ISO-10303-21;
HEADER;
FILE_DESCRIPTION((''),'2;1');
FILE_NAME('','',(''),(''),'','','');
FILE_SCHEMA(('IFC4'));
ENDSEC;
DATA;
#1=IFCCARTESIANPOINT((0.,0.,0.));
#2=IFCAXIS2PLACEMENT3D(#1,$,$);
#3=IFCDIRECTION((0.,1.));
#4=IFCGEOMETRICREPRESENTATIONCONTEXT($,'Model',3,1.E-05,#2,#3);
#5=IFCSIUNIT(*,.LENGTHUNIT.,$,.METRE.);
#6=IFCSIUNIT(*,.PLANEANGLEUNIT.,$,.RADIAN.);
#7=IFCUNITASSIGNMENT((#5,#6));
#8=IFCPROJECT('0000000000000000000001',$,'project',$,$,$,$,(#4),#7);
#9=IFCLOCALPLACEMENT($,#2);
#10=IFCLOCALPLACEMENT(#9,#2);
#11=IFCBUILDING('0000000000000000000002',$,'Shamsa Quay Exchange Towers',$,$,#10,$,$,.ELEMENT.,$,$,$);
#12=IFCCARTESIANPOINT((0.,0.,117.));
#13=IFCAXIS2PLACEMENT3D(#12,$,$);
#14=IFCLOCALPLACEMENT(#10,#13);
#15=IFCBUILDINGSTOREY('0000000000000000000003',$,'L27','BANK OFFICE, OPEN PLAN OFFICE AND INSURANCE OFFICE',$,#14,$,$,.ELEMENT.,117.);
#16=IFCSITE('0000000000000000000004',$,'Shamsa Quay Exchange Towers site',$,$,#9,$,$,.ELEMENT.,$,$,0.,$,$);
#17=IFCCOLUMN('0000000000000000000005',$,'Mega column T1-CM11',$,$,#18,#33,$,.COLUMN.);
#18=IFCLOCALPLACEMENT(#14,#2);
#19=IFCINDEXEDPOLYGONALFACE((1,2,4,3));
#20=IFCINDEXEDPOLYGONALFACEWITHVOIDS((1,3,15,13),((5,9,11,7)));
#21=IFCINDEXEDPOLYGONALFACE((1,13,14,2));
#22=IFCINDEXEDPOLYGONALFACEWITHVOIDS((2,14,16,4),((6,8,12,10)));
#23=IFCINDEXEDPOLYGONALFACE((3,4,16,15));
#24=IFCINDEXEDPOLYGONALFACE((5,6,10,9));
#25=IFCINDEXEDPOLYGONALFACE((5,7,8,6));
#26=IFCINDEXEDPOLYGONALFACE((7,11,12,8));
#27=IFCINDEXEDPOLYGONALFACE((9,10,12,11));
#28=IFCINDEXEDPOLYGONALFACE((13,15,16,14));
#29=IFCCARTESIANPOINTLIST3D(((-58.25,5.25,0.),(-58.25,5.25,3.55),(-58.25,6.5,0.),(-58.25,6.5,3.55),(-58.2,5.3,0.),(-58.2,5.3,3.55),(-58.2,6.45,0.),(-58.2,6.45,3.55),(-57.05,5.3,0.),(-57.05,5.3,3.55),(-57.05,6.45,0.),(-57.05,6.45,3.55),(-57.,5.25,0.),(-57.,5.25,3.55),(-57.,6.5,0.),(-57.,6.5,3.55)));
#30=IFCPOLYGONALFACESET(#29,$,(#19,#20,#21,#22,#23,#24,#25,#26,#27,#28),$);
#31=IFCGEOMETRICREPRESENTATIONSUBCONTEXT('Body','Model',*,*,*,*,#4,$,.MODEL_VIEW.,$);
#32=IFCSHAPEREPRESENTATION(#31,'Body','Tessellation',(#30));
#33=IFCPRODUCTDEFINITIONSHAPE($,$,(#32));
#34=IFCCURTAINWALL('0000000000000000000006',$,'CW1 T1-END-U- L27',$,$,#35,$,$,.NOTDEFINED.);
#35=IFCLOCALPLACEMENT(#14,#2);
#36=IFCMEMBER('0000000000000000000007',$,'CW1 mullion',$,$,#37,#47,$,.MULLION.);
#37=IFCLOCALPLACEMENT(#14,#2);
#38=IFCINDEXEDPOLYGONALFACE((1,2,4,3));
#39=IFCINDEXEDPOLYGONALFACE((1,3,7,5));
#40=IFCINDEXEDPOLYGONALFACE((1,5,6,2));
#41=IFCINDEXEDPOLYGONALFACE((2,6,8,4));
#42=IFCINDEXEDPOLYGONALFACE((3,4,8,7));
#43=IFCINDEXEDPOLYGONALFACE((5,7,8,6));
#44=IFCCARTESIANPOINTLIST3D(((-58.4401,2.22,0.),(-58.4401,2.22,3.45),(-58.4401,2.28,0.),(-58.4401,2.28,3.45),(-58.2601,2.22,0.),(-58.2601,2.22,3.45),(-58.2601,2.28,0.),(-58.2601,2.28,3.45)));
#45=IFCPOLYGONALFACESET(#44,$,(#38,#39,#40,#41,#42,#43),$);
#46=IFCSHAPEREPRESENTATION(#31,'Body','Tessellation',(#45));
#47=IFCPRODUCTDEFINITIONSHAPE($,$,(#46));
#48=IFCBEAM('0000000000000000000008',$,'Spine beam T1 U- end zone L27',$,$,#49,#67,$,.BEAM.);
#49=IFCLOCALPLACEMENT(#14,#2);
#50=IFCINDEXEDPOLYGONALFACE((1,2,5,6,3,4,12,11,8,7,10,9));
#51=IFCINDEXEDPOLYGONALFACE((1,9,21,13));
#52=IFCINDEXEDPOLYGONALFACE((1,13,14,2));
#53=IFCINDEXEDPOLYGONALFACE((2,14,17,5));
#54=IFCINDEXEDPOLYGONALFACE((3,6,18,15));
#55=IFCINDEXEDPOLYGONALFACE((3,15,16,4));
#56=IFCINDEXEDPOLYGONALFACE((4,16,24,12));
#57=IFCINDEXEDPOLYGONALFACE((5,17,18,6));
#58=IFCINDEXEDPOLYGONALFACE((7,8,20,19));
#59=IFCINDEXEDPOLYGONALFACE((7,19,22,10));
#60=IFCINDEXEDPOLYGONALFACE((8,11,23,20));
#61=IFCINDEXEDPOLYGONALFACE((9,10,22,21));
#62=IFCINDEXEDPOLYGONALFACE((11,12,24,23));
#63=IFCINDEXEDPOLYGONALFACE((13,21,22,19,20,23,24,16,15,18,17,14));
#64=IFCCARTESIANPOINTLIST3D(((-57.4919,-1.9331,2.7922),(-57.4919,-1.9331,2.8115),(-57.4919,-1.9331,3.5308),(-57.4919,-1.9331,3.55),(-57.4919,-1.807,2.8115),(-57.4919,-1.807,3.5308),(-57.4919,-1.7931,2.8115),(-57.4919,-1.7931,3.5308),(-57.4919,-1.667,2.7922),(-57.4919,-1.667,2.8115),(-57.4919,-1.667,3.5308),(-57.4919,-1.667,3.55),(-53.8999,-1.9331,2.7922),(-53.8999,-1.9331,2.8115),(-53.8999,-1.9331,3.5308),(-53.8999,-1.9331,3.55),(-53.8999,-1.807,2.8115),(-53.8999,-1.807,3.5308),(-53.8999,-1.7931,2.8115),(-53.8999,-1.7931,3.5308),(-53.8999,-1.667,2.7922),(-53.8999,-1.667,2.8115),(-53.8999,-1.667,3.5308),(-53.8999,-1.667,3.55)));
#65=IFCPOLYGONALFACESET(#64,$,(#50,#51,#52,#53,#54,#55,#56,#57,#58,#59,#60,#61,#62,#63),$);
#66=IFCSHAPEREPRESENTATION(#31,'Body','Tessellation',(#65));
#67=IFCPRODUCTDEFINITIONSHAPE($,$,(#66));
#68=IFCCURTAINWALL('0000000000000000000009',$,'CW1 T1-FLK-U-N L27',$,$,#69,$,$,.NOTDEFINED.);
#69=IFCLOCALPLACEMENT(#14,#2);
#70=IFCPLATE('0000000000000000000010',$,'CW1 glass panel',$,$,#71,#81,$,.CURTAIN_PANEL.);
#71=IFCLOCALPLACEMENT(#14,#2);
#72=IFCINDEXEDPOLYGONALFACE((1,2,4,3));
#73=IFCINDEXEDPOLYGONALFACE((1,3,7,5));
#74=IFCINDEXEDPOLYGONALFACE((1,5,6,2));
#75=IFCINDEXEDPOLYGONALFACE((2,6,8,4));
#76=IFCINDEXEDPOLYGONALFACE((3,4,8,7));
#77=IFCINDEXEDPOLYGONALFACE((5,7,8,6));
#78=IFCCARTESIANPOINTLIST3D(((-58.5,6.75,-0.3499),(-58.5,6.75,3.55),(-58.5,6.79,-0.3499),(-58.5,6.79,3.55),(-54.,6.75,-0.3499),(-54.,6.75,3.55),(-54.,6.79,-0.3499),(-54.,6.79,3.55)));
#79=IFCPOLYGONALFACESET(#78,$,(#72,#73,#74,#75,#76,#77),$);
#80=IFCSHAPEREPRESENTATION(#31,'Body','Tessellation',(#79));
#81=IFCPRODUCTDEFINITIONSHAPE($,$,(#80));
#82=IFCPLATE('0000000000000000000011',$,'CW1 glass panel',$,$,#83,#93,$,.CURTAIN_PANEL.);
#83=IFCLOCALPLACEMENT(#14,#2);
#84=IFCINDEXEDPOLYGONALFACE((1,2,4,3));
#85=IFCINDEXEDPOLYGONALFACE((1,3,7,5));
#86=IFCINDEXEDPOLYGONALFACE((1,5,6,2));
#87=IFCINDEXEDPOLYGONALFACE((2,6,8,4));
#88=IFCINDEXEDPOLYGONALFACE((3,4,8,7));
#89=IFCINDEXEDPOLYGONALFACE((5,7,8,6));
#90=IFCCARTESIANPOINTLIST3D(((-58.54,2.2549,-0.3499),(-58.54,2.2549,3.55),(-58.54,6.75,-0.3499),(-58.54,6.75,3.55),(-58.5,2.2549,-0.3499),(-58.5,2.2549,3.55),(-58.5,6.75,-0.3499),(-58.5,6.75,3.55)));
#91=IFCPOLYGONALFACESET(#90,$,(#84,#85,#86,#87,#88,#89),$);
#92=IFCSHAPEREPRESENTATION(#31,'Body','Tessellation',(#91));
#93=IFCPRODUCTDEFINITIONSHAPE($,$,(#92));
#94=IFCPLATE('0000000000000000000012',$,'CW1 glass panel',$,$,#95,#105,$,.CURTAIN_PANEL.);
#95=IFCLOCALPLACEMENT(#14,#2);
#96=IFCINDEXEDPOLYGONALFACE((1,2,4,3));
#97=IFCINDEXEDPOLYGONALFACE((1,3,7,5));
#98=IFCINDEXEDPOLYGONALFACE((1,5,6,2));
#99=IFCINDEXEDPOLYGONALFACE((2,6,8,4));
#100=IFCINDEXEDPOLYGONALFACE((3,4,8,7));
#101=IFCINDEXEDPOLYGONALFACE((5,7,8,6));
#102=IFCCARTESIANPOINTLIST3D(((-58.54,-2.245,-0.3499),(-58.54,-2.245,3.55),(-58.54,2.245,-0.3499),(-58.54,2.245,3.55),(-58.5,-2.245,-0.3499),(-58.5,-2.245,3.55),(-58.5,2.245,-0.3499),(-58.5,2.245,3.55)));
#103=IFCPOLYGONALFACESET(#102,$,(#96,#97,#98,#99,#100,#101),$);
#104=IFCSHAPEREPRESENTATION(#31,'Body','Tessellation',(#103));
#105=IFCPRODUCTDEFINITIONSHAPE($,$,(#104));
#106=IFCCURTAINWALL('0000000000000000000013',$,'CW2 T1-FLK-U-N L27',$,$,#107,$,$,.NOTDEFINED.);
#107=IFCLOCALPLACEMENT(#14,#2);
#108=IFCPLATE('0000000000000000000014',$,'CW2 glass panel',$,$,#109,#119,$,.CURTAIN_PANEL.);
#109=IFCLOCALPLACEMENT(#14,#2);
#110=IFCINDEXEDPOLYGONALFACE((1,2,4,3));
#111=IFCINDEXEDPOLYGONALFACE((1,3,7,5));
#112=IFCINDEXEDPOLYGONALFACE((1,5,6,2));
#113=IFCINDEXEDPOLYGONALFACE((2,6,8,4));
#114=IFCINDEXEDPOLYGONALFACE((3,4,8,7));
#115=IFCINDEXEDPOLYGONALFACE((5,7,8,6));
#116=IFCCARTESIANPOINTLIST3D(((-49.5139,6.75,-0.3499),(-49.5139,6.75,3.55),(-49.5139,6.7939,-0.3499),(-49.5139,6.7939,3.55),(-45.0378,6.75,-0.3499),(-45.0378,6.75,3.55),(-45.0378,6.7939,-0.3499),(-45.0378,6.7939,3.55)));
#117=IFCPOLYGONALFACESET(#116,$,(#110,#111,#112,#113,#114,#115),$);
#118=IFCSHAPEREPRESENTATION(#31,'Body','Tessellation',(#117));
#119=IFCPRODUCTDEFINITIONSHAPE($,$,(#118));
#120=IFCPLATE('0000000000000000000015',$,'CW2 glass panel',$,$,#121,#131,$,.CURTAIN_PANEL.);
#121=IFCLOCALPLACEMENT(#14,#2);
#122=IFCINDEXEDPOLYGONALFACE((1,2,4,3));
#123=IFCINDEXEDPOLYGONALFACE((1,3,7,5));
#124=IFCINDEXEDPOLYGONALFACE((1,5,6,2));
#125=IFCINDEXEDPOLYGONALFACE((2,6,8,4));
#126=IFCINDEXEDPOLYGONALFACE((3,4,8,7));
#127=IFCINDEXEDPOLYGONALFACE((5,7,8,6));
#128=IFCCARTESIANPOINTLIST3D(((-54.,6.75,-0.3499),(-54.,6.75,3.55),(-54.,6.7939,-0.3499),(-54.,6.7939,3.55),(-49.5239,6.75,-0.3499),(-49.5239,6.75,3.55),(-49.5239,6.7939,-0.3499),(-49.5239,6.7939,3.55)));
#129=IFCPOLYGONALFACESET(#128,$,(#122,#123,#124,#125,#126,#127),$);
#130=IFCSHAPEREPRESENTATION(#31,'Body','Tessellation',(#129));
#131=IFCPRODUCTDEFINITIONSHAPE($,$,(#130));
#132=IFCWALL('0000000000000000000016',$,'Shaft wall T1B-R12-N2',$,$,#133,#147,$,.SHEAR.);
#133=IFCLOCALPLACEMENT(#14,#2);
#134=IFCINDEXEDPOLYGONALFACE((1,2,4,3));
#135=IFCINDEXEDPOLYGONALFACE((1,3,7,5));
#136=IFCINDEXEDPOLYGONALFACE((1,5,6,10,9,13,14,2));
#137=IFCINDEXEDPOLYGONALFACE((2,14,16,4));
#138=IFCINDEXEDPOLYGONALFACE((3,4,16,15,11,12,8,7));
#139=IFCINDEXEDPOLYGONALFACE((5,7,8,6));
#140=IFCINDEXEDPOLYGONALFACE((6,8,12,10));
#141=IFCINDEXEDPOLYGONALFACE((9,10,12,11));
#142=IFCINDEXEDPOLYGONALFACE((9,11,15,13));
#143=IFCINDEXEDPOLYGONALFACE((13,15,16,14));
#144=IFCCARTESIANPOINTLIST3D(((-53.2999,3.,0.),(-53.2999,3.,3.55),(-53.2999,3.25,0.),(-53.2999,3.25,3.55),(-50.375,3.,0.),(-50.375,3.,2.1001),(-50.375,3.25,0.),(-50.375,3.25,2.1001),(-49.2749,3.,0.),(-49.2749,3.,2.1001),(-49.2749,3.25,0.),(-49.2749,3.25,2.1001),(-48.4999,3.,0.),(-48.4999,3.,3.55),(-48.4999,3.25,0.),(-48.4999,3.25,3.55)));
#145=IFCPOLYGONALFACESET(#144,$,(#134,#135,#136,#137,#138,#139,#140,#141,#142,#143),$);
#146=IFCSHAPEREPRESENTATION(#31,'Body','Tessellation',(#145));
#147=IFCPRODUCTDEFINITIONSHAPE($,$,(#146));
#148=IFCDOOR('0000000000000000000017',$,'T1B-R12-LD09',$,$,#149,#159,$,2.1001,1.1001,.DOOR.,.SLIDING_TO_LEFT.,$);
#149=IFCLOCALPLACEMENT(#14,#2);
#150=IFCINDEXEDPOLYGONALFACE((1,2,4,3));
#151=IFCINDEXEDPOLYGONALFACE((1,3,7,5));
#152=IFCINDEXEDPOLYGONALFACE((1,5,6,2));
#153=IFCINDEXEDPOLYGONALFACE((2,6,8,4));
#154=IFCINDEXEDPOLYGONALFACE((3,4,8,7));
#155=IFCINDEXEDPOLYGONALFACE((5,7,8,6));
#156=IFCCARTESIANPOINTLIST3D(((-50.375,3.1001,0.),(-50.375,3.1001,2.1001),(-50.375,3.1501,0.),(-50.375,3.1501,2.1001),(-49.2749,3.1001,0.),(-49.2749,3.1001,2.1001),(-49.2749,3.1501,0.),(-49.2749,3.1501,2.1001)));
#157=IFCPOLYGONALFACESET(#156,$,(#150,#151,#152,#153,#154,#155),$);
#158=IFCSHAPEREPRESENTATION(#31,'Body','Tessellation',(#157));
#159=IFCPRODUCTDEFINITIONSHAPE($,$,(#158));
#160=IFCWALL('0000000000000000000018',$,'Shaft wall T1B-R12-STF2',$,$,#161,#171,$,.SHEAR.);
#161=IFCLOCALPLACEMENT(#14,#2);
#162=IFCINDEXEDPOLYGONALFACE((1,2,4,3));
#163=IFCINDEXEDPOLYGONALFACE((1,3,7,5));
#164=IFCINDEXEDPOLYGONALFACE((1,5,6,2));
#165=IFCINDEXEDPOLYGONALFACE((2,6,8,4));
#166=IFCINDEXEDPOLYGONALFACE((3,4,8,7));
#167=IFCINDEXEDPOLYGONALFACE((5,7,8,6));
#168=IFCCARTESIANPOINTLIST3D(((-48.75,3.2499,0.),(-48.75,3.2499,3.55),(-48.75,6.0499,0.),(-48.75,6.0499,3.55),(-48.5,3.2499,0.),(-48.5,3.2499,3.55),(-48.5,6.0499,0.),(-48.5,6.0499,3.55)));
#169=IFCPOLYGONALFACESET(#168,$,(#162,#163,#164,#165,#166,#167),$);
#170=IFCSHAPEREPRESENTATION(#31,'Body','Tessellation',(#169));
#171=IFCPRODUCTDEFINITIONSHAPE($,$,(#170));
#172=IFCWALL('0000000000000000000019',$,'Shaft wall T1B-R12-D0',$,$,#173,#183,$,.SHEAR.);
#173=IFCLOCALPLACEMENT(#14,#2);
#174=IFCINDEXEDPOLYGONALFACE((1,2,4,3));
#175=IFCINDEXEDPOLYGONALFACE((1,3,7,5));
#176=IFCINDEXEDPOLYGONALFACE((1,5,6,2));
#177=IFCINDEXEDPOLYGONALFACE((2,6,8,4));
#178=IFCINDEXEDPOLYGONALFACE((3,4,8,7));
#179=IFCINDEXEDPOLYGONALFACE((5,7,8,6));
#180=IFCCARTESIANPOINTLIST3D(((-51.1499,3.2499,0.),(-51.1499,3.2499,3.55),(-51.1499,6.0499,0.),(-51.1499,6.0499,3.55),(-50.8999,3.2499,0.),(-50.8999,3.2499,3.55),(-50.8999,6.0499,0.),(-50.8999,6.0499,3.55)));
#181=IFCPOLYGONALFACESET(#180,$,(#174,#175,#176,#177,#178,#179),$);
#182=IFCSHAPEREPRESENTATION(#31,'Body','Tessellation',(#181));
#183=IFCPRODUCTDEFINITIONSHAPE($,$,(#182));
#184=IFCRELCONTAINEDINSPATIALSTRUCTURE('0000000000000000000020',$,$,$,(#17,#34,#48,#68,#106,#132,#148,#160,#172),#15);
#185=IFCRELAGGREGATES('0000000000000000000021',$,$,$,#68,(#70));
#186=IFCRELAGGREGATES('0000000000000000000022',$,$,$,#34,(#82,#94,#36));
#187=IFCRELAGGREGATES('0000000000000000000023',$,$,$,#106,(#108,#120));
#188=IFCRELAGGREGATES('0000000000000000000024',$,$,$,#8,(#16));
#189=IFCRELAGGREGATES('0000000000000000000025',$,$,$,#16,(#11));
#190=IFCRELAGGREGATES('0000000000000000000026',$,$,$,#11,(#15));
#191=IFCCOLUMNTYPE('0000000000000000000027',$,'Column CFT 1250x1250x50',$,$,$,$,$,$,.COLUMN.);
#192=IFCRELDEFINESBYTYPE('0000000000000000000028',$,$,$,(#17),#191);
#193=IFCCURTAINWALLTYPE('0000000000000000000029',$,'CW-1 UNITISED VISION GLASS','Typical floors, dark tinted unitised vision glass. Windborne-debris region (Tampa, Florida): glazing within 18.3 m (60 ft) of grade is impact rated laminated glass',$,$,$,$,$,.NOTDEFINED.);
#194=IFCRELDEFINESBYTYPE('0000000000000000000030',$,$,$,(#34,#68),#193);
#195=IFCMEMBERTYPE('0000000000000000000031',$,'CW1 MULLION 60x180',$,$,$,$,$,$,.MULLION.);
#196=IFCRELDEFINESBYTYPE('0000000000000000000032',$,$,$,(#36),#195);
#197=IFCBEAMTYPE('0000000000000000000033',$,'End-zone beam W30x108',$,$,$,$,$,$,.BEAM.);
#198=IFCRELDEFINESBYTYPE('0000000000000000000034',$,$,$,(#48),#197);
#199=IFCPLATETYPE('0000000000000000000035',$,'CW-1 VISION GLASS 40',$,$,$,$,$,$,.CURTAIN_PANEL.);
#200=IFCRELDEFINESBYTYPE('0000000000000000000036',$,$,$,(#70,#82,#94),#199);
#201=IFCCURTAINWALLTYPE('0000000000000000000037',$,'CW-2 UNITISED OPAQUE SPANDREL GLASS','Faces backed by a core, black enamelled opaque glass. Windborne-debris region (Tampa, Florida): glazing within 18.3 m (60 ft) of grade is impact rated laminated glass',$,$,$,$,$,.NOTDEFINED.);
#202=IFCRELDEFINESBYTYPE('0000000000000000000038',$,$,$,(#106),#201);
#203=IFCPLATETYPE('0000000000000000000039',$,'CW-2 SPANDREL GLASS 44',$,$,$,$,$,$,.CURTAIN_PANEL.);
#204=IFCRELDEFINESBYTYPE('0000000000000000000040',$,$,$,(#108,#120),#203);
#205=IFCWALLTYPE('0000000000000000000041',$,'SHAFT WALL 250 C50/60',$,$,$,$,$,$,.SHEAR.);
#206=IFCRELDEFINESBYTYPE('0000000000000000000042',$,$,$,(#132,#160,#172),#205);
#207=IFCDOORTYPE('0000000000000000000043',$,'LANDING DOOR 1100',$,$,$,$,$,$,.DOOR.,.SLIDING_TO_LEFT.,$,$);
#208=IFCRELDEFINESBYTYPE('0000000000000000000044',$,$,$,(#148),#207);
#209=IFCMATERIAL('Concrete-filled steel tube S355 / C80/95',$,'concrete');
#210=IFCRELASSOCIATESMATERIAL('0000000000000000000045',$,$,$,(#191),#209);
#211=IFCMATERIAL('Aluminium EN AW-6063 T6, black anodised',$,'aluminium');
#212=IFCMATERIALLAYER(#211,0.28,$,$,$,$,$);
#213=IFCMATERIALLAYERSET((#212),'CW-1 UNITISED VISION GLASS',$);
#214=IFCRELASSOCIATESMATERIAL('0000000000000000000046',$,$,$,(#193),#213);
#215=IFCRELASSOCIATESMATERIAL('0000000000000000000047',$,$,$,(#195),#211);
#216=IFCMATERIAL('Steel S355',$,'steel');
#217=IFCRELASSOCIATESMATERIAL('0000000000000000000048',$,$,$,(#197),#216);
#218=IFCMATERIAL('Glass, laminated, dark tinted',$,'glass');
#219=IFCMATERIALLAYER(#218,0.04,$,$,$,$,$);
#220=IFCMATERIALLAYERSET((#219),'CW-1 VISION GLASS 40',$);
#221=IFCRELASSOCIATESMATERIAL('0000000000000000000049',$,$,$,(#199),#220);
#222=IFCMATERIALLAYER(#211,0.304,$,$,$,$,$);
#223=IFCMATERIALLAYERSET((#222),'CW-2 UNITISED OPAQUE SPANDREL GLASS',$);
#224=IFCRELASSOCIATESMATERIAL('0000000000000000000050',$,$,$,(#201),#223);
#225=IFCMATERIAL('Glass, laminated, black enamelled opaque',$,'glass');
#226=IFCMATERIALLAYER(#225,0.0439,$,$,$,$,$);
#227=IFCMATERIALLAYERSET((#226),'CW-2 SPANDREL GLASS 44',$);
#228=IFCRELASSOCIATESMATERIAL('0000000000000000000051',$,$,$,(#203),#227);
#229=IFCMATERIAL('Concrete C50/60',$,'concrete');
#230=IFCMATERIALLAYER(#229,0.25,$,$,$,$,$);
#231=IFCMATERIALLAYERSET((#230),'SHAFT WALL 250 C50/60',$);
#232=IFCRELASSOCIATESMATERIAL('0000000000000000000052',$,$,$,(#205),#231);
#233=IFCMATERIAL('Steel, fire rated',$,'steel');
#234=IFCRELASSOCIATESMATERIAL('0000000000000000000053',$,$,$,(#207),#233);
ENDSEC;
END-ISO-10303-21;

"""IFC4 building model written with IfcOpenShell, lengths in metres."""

from ifc_helpers import new_model, si_unit, direction, frame, frame_2d, origin, origin_2d, place, context, subcontext, project, spatial, rectangle, hollow_rectangle, i_section, extrude, material, layer, layer_set, material_profile, profile_set, type_object, element, fill, aggregate, save


model = new_model("IFC4")

# Units and contexts
model_context = context("Model", 3, precision=1e-05, world=origin(), true_north=direction((0.0, 1.0)))
body_context = subcontext(model_context, "Body", "Model", "MODEL_VIEW")
ifc_project = project(units=[si_unit("LENGTHUNIT", "METRE"), si_unit("PLANEANGLEUNIT", "RADIAN")], contexts=[model_context])

# Site, building, storey
site_placement = place(None, origin())
site = spatial("IfcSite", under=ifc_project, at=site_placement, Name="Shamsa Quay Exchange Towers site", CompositionType="ELEMENT", RefElevation=0.0)
building_placement = place(site_placement, origin())
building = spatial("IfcBuilding", under=site, at=building_placement, Name="Shamsa Quay Exchange Towers", CompositionType="ELEMENT")
storey_placement = place(building_placement, frame((0.0, 0.0, 117.0)))
storey = spatial("IfcBuildingStorey", under=building, at=storey_placement, Name="L27", Description="BANK OFFICE, OPEN PLAN OFFICE AND INSURANCE OFFICE", CompositionType="ELEMENT", Elevation=117.0)

# Column
ifc_material_1 = material(Name="Concrete-filled steel tube S355 / C80/95", Category="concrete")
ifc_material_profile_1 = material_profile(ifc_material_1, hollow_rectangle(XDim=1.25, YDim=1.25, WallThickness=0.05, at=origin_2d()), Name="CFT 1250x1250x50")
ifc_profile_set_1 = profile_set([ifc_material_profile_1], Name="Concrete-filled steel tube S355 / C80/95")
column_type = type_object("IfcColumnType", Name="Column CFT 1250x1250x50", PredefinedType="COLUMN", material=ifc_profile_set_1)
column_placement = place(storey_placement, frame((-57.625, 5.875, 0.0)))
element("IfcColumn", 1, at=column_placement, inside=storey, type_object=column_type, Name="Mega column T1-CM11", PredefinedType="COLUMN", context=body_context, shape_type="SweptSolid", body=[
    extrude(hollow_rectangle(XDim=1.25, YDim=1.25, WallThickness=0.05, at=origin_2d()), origin(), (0.0, 0.0, 1.0), 3.55),
])

# Curtain wall, member
ifc_material_2 = material(Name="Aluminium EN AW-6063 T6, black anodised", Category="aluminium")
ifc_layer_1 = layer(ifc_material_2, 0.28)
ifc_layer_set_1 = layer_set([ifc_layer_1], Name="CW-1 UNITISED VISION GLASS")
curtain_wall_type_1 = type_object("IfcCurtainWallType", Name="CW-1 UNITISED VISION GLASS", Description="Typical floors, dark tinted unitised vision glass. Windborne-debris region (Tampa, Florida): glazing within 18.3 m (60 ft) of grade is impact rated laminated glass", PredefinedType="NOTDEFINED", material=ifc_layer_set_1)
curtain_wall_1_placement = place(storey_placement, origin())
curtain_wall_1 = element("IfcCurtainWall", 2, at=curtain_wall_1_placement, inside=storey, type_object=curtain_wall_type_1, Name="CW1 T1-END-U- L27", PredefinedType="NOTDEFINED")
ifc_material_profile_2 = material_profile(ifc_material_2, rectangle(XDim=0.1799, YDim=0.0601, at=origin_2d()), Name="MU60x180")
ifc_profile_set_2 = profile_set([ifc_material_profile_2], Name="Aluminium EN AW-6063 T6, black anodised")
member_type = type_object("IfcMemberType", Name="CW1 MULLION 60x180", PredefinedType="MULLION", material=ifc_profile_set_2)
member_placement = place(storey_placement, frame((-58.3501, 2.25, 0.0)))
member = element("IfcMember", 3, at=member_placement, type_object=member_type, Name="CW1 mullion", PredefinedType="MULLION", context=body_context, shape_type="SweptSolid", body=[
    extrude(rectangle(XDim=0.1799, YDim=0.0601, at=origin_2d()), origin(), (0.0, 0.0, 1.0), 3.45),
])

# Beam
ifc_material_3 = material(Name="Steel S355", Category="steel")
ifc_material_profile_3 = material_profile(ifc_material_3, i_section(OverallWidth=0.2661, OverallDepth=0.7578, WebThickness=0.0139, FlangeThickness=0.0193, at=origin_2d()), Name="W30x108")
ifc_profile_set_3 = profile_set([ifc_material_profile_3], Name="Steel S355")
beam_type = type_object("IfcBeamType", Name="End-zone beam W30x108", PredefinedType="BEAM", material=ifc_profile_set_3)
beam_placement = place(storey_placement, frame((-53.8999, -1.8, 3.1711), z_axis=(-1.0, 0.0, 0.0), x_axis=(0.0, -1.0, 0.0)))
element("IfcBeam", 4, at=beam_placement, inside=storey, type_object=beam_type, Name="Spine beam T1 U- end zone L27", PredefinedType="BEAM", context=body_context, shape_type="SweptSolid", body=[
    extrude(i_section(OverallWidth=0.2661, OverallDepth=0.7578, WebThickness=0.0139, FlangeThickness=0.0193, at=origin_2d()), origin(), (0.0, 0.0, 1.0), 3.592),
])

# Curtain wall, plate
curtain_wall_2_placement = place(storey_placement, origin())
curtain_wall_2 = element("IfcCurtainWall", 5, at=curtain_wall_2_placement, inside=storey, type_object=curtain_wall_type_1, Name="CW1 T1-FLK-U-N L27", PredefinedType="NOTDEFINED")
ifc_material_4 = material(Name="Glass, laminated, dark tinted", Category="glass")
ifc_layer_2 = layer(ifc_material_4, 0.04)
ifc_layer_set_2 = layer_set([ifc_layer_2], Name="CW-1 VISION GLASS 40")
plate_type_1 = type_object("IfcPlateType", Name="CW-1 VISION GLASS 40", PredefinedType="CURTAIN_PANEL", material=ifc_layer_set_2)
plate_1_placement = place(storey_placement, frame((-56.25, 6.77, -0.3499), z_axis=(0.0, 0.0, 1.0), x_axis=(-1.0, 0.0, 0.0)))
plate_1 = element("IfcPlate", 6, at=plate_1_placement, type_object=plate_type_1, Name="CW1 glass panel", PredefinedType="CURTAIN_PANEL", context=body_context, shape_type="SweptSolid", body=[
    extrude(rectangle(XDim=4.5, YDim=0.04, at=origin_2d()), origin(), (0.0, 0.0, 1.0), 3.8999),
])
aggregate(curtain_wall_2, [plate_1])

# Plates
plate_2_placement = place(storey_placement, frame((-58.52, 4.5024, -0.3499), z_axis=(0.0, 0.0, 1.0), x_axis=(0.0, -1.0, 0.0)))
plate_2 = element("IfcPlate", 7, at=plate_2_placement, type_object=plate_type_1, Name="CW1 glass panel", PredefinedType="CURTAIN_PANEL", context=body_context, shape_type="SweptSolid", body=[
    extrude(rectangle(XDim=4.4951, YDim=0.04, at=origin_2d()), origin(), (0.0, 0.0, 1.0), 3.8999),
])
plate_3_placement = place(storey_placement, frame((-58.52, 0.0, -0.3499), z_axis=(0.0, 0.0, 1.0), x_axis=(0.0, -1.0, 0.0)))
plate_3 = element("IfcPlate", 8, at=plate_3_placement, type_object=plate_type_1, Name="CW1 glass panel", PredefinedType="CURTAIN_PANEL", context=body_context, shape_type="SweptSolid", body=[
    extrude(rectangle(XDim=4.49, YDim=0.04, at=origin_2d()), origin(), (0.0, 0.0, 1.0), 3.8999),
])
aggregate(curtain_wall_1, [plate_2, plate_3, member])

# Curtain wall, plates
ifc_layer_3 = layer(ifc_material_2, 0.304)
ifc_layer_set_3 = layer_set([ifc_layer_3], Name="CW-2 UNITISED OPAQUE SPANDREL GLASS")
curtain_wall_type_2 = type_object("IfcCurtainWallType", Name="CW-2 UNITISED OPAQUE SPANDREL GLASS", Description="Faces backed by a core, black enamelled opaque glass. Windborne-debris region (Tampa, Florida): glazing within 18.3 m (60 ft) of grade is impact rated laminated glass", PredefinedType="NOTDEFINED", material=ifc_layer_set_3)
curtain_wall_3_placement = place(storey_placement, origin())
curtain_wall_3 = element("IfcCurtainWall", 9, at=curtain_wall_3_placement, inside=storey, type_object=curtain_wall_type_2, Name="CW2 T1-FLK-U-N L27", PredefinedType="NOTDEFINED")
ifc_material_5 = material(Name="Glass, laminated, black enamelled opaque", Category="glass")
ifc_layer_4 = layer(ifc_material_5, 0.0439)
ifc_layer_set_4 = layer_set([ifc_layer_4], Name="CW-2 SPANDREL GLASS 44")
plate_type_2 = type_object("IfcPlateType", Name="CW-2 SPANDREL GLASS 44", PredefinedType="CURTAIN_PANEL", material=ifc_layer_set_4)
plate_4_placement = place(storey_placement, frame((-47.2759, 6.772, -0.3499), z_axis=(0.0, 0.0, 1.0), x_axis=(-1.0, 0.0, 0.0)))
plate_4 = element("IfcPlate", 10, at=plate_4_placement, type_object=plate_type_2, Name="CW2 glass panel", PredefinedType="CURTAIN_PANEL", context=body_context, shape_type="SweptSolid", body=[
    extrude(rectangle(XDim=4.4761, YDim=0.0439, at=origin_2d()), origin(), (0.0, 0.0, 1.0), 3.8999),
])
plate_5_placement = place(storey_placement, frame((-51.762, 6.772, -0.3499), z_axis=(0.0, 0.0, 1.0), x_axis=(-1.0, 0.0, 0.0)))
plate_5 = element("IfcPlate", 11, at=plate_5_placement, type_object=plate_type_2, Name="CW2 glass panel", PredefinedType="CURTAIN_PANEL", context=body_context, shape_type="SweptSolid", body=[
    extrude(rectangle(XDim=4.4761, YDim=0.0439, at=origin_2d()), origin(), (0.0, 0.0, 1.0), 3.8999),
])
aggregate(curtain_wall_3, [plate_4, plate_5])

# Wall, opening, door
ifc_material_6 = material(Name="Concrete C50/60", Category="concrete")
ifc_layer_5 = layer(ifc_material_6, 0.25)
ifc_layer_set_5 = layer_set([ifc_layer_5], Name="SHAFT WALL 250 C50/60")
wall_type_1 = type_object("IfcWallType", Name="SHAFT WALL 250 C50/60", PredefinedType="SHEAR", material=ifc_layer_set_5)
wall_1_placement = place(storey_placement, frame((-48.5, 3.125, 0.0), z_axis=(0.0, 0.0, 1.0), x_axis=(-1.0, 0.0, 0.0)))
wall_1 = element("IfcWall", 12, at=wall_1_placement, inside=storey, type_object=wall_type_1, Name="Shaft wall T1B-R12-N2", PredefinedType="SHEAR", context=body_context, shape_type="SweptSolid", body=[
    extrude(rectangle(XDim=4.8, YDim=0.25, at=frame_2d((2.3999, 0.0))), origin(), (0.0, 0.0, 1.0), 3.55),
])
opening_1_placement = place(wall_1_placement, frame((0.7749, 0.0, 0.0)))
opening_1 = element("IfcOpeningElement", 13, at=opening_1_placement, cuts=wall_1, PredefinedType="OPENING", context=body_context, shape_type="SweptSolid", body=[
    extrude(rectangle(XDim=1.1001, YDim=2.1001, at=frame_2d((0.55, 1.05))), frame((0.0, 0.135, 0.0), z_axis=(0.0, -1.0, 0.0), x_axis=(1.0, 0.0, 0.0)), (0.0, 0.0, 1.0), 0.27),
])
ifc_material_7 = material(Name="Steel, fire rated", Category="steel")
door_type_1 = type_object("IfcDoorType", Name="LANDING DOOR 1100", OperationType="SLIDING_TO_LEFT", PredefinedType="DOOR", material=ifc_material_7)
door_1_placement = place(opening_1_placement, origin())
door_1 = element("IfcDoor", 14, at=door_1_placement, inside=storey, type_object=door_type_1, Name="T1B-R12-LD09", OperationType="SLIDING_TO_LEFT", OverallHeight=2.1001, OverallWidth=1.1001, PredefinedType="DOOR", context=body_context, shape_type="SweptSolid", body=[
    extrude(rectangle(XDim=1.1001, YDim=2.1001, at=frame_2d((0.55, 1.05))), frame((0.0, 0.0249, 0.0), z_axis=(0.0, -1.0, 0.0), x_axis=(1.0, 0.0, 0.0)), (0.0, 0.0, 1.0), 0.05),
])
fill(opening_1, door_1)

# Walls
for number, where, z_axis, x_axis, name in (
    (15, (-48.625, 3.25, 0.0), (0.0, 0.0, 1.0), (0.0, 1.0, 0.0), "Shaft wall T1B-R12-STF2"),
    (16, (-51.0249, 3.25, 0.0), (0.0, 0.0, 1.0), (0.0, 1.0, 0.0), "Shaft wall T1B-R12-D0"),
):
    element("IfcWall", number, at=place(storey_placement, frame(where, z_axis=z_axis, x_axis=x_axis)), inside=storey, type_object=wall_type_1, Name=name, PredefinedType="SHEAR", context=body_context, shape_type="SweptSolid", body=[
        extrude(rectangle(XDim=2.8, YDim=0.25, at=frame_2d((1.3999, 0.0))), origin(), (0.0, 0.0, 1.0), 3.55),
    ])

save(model, "model.ifc")
